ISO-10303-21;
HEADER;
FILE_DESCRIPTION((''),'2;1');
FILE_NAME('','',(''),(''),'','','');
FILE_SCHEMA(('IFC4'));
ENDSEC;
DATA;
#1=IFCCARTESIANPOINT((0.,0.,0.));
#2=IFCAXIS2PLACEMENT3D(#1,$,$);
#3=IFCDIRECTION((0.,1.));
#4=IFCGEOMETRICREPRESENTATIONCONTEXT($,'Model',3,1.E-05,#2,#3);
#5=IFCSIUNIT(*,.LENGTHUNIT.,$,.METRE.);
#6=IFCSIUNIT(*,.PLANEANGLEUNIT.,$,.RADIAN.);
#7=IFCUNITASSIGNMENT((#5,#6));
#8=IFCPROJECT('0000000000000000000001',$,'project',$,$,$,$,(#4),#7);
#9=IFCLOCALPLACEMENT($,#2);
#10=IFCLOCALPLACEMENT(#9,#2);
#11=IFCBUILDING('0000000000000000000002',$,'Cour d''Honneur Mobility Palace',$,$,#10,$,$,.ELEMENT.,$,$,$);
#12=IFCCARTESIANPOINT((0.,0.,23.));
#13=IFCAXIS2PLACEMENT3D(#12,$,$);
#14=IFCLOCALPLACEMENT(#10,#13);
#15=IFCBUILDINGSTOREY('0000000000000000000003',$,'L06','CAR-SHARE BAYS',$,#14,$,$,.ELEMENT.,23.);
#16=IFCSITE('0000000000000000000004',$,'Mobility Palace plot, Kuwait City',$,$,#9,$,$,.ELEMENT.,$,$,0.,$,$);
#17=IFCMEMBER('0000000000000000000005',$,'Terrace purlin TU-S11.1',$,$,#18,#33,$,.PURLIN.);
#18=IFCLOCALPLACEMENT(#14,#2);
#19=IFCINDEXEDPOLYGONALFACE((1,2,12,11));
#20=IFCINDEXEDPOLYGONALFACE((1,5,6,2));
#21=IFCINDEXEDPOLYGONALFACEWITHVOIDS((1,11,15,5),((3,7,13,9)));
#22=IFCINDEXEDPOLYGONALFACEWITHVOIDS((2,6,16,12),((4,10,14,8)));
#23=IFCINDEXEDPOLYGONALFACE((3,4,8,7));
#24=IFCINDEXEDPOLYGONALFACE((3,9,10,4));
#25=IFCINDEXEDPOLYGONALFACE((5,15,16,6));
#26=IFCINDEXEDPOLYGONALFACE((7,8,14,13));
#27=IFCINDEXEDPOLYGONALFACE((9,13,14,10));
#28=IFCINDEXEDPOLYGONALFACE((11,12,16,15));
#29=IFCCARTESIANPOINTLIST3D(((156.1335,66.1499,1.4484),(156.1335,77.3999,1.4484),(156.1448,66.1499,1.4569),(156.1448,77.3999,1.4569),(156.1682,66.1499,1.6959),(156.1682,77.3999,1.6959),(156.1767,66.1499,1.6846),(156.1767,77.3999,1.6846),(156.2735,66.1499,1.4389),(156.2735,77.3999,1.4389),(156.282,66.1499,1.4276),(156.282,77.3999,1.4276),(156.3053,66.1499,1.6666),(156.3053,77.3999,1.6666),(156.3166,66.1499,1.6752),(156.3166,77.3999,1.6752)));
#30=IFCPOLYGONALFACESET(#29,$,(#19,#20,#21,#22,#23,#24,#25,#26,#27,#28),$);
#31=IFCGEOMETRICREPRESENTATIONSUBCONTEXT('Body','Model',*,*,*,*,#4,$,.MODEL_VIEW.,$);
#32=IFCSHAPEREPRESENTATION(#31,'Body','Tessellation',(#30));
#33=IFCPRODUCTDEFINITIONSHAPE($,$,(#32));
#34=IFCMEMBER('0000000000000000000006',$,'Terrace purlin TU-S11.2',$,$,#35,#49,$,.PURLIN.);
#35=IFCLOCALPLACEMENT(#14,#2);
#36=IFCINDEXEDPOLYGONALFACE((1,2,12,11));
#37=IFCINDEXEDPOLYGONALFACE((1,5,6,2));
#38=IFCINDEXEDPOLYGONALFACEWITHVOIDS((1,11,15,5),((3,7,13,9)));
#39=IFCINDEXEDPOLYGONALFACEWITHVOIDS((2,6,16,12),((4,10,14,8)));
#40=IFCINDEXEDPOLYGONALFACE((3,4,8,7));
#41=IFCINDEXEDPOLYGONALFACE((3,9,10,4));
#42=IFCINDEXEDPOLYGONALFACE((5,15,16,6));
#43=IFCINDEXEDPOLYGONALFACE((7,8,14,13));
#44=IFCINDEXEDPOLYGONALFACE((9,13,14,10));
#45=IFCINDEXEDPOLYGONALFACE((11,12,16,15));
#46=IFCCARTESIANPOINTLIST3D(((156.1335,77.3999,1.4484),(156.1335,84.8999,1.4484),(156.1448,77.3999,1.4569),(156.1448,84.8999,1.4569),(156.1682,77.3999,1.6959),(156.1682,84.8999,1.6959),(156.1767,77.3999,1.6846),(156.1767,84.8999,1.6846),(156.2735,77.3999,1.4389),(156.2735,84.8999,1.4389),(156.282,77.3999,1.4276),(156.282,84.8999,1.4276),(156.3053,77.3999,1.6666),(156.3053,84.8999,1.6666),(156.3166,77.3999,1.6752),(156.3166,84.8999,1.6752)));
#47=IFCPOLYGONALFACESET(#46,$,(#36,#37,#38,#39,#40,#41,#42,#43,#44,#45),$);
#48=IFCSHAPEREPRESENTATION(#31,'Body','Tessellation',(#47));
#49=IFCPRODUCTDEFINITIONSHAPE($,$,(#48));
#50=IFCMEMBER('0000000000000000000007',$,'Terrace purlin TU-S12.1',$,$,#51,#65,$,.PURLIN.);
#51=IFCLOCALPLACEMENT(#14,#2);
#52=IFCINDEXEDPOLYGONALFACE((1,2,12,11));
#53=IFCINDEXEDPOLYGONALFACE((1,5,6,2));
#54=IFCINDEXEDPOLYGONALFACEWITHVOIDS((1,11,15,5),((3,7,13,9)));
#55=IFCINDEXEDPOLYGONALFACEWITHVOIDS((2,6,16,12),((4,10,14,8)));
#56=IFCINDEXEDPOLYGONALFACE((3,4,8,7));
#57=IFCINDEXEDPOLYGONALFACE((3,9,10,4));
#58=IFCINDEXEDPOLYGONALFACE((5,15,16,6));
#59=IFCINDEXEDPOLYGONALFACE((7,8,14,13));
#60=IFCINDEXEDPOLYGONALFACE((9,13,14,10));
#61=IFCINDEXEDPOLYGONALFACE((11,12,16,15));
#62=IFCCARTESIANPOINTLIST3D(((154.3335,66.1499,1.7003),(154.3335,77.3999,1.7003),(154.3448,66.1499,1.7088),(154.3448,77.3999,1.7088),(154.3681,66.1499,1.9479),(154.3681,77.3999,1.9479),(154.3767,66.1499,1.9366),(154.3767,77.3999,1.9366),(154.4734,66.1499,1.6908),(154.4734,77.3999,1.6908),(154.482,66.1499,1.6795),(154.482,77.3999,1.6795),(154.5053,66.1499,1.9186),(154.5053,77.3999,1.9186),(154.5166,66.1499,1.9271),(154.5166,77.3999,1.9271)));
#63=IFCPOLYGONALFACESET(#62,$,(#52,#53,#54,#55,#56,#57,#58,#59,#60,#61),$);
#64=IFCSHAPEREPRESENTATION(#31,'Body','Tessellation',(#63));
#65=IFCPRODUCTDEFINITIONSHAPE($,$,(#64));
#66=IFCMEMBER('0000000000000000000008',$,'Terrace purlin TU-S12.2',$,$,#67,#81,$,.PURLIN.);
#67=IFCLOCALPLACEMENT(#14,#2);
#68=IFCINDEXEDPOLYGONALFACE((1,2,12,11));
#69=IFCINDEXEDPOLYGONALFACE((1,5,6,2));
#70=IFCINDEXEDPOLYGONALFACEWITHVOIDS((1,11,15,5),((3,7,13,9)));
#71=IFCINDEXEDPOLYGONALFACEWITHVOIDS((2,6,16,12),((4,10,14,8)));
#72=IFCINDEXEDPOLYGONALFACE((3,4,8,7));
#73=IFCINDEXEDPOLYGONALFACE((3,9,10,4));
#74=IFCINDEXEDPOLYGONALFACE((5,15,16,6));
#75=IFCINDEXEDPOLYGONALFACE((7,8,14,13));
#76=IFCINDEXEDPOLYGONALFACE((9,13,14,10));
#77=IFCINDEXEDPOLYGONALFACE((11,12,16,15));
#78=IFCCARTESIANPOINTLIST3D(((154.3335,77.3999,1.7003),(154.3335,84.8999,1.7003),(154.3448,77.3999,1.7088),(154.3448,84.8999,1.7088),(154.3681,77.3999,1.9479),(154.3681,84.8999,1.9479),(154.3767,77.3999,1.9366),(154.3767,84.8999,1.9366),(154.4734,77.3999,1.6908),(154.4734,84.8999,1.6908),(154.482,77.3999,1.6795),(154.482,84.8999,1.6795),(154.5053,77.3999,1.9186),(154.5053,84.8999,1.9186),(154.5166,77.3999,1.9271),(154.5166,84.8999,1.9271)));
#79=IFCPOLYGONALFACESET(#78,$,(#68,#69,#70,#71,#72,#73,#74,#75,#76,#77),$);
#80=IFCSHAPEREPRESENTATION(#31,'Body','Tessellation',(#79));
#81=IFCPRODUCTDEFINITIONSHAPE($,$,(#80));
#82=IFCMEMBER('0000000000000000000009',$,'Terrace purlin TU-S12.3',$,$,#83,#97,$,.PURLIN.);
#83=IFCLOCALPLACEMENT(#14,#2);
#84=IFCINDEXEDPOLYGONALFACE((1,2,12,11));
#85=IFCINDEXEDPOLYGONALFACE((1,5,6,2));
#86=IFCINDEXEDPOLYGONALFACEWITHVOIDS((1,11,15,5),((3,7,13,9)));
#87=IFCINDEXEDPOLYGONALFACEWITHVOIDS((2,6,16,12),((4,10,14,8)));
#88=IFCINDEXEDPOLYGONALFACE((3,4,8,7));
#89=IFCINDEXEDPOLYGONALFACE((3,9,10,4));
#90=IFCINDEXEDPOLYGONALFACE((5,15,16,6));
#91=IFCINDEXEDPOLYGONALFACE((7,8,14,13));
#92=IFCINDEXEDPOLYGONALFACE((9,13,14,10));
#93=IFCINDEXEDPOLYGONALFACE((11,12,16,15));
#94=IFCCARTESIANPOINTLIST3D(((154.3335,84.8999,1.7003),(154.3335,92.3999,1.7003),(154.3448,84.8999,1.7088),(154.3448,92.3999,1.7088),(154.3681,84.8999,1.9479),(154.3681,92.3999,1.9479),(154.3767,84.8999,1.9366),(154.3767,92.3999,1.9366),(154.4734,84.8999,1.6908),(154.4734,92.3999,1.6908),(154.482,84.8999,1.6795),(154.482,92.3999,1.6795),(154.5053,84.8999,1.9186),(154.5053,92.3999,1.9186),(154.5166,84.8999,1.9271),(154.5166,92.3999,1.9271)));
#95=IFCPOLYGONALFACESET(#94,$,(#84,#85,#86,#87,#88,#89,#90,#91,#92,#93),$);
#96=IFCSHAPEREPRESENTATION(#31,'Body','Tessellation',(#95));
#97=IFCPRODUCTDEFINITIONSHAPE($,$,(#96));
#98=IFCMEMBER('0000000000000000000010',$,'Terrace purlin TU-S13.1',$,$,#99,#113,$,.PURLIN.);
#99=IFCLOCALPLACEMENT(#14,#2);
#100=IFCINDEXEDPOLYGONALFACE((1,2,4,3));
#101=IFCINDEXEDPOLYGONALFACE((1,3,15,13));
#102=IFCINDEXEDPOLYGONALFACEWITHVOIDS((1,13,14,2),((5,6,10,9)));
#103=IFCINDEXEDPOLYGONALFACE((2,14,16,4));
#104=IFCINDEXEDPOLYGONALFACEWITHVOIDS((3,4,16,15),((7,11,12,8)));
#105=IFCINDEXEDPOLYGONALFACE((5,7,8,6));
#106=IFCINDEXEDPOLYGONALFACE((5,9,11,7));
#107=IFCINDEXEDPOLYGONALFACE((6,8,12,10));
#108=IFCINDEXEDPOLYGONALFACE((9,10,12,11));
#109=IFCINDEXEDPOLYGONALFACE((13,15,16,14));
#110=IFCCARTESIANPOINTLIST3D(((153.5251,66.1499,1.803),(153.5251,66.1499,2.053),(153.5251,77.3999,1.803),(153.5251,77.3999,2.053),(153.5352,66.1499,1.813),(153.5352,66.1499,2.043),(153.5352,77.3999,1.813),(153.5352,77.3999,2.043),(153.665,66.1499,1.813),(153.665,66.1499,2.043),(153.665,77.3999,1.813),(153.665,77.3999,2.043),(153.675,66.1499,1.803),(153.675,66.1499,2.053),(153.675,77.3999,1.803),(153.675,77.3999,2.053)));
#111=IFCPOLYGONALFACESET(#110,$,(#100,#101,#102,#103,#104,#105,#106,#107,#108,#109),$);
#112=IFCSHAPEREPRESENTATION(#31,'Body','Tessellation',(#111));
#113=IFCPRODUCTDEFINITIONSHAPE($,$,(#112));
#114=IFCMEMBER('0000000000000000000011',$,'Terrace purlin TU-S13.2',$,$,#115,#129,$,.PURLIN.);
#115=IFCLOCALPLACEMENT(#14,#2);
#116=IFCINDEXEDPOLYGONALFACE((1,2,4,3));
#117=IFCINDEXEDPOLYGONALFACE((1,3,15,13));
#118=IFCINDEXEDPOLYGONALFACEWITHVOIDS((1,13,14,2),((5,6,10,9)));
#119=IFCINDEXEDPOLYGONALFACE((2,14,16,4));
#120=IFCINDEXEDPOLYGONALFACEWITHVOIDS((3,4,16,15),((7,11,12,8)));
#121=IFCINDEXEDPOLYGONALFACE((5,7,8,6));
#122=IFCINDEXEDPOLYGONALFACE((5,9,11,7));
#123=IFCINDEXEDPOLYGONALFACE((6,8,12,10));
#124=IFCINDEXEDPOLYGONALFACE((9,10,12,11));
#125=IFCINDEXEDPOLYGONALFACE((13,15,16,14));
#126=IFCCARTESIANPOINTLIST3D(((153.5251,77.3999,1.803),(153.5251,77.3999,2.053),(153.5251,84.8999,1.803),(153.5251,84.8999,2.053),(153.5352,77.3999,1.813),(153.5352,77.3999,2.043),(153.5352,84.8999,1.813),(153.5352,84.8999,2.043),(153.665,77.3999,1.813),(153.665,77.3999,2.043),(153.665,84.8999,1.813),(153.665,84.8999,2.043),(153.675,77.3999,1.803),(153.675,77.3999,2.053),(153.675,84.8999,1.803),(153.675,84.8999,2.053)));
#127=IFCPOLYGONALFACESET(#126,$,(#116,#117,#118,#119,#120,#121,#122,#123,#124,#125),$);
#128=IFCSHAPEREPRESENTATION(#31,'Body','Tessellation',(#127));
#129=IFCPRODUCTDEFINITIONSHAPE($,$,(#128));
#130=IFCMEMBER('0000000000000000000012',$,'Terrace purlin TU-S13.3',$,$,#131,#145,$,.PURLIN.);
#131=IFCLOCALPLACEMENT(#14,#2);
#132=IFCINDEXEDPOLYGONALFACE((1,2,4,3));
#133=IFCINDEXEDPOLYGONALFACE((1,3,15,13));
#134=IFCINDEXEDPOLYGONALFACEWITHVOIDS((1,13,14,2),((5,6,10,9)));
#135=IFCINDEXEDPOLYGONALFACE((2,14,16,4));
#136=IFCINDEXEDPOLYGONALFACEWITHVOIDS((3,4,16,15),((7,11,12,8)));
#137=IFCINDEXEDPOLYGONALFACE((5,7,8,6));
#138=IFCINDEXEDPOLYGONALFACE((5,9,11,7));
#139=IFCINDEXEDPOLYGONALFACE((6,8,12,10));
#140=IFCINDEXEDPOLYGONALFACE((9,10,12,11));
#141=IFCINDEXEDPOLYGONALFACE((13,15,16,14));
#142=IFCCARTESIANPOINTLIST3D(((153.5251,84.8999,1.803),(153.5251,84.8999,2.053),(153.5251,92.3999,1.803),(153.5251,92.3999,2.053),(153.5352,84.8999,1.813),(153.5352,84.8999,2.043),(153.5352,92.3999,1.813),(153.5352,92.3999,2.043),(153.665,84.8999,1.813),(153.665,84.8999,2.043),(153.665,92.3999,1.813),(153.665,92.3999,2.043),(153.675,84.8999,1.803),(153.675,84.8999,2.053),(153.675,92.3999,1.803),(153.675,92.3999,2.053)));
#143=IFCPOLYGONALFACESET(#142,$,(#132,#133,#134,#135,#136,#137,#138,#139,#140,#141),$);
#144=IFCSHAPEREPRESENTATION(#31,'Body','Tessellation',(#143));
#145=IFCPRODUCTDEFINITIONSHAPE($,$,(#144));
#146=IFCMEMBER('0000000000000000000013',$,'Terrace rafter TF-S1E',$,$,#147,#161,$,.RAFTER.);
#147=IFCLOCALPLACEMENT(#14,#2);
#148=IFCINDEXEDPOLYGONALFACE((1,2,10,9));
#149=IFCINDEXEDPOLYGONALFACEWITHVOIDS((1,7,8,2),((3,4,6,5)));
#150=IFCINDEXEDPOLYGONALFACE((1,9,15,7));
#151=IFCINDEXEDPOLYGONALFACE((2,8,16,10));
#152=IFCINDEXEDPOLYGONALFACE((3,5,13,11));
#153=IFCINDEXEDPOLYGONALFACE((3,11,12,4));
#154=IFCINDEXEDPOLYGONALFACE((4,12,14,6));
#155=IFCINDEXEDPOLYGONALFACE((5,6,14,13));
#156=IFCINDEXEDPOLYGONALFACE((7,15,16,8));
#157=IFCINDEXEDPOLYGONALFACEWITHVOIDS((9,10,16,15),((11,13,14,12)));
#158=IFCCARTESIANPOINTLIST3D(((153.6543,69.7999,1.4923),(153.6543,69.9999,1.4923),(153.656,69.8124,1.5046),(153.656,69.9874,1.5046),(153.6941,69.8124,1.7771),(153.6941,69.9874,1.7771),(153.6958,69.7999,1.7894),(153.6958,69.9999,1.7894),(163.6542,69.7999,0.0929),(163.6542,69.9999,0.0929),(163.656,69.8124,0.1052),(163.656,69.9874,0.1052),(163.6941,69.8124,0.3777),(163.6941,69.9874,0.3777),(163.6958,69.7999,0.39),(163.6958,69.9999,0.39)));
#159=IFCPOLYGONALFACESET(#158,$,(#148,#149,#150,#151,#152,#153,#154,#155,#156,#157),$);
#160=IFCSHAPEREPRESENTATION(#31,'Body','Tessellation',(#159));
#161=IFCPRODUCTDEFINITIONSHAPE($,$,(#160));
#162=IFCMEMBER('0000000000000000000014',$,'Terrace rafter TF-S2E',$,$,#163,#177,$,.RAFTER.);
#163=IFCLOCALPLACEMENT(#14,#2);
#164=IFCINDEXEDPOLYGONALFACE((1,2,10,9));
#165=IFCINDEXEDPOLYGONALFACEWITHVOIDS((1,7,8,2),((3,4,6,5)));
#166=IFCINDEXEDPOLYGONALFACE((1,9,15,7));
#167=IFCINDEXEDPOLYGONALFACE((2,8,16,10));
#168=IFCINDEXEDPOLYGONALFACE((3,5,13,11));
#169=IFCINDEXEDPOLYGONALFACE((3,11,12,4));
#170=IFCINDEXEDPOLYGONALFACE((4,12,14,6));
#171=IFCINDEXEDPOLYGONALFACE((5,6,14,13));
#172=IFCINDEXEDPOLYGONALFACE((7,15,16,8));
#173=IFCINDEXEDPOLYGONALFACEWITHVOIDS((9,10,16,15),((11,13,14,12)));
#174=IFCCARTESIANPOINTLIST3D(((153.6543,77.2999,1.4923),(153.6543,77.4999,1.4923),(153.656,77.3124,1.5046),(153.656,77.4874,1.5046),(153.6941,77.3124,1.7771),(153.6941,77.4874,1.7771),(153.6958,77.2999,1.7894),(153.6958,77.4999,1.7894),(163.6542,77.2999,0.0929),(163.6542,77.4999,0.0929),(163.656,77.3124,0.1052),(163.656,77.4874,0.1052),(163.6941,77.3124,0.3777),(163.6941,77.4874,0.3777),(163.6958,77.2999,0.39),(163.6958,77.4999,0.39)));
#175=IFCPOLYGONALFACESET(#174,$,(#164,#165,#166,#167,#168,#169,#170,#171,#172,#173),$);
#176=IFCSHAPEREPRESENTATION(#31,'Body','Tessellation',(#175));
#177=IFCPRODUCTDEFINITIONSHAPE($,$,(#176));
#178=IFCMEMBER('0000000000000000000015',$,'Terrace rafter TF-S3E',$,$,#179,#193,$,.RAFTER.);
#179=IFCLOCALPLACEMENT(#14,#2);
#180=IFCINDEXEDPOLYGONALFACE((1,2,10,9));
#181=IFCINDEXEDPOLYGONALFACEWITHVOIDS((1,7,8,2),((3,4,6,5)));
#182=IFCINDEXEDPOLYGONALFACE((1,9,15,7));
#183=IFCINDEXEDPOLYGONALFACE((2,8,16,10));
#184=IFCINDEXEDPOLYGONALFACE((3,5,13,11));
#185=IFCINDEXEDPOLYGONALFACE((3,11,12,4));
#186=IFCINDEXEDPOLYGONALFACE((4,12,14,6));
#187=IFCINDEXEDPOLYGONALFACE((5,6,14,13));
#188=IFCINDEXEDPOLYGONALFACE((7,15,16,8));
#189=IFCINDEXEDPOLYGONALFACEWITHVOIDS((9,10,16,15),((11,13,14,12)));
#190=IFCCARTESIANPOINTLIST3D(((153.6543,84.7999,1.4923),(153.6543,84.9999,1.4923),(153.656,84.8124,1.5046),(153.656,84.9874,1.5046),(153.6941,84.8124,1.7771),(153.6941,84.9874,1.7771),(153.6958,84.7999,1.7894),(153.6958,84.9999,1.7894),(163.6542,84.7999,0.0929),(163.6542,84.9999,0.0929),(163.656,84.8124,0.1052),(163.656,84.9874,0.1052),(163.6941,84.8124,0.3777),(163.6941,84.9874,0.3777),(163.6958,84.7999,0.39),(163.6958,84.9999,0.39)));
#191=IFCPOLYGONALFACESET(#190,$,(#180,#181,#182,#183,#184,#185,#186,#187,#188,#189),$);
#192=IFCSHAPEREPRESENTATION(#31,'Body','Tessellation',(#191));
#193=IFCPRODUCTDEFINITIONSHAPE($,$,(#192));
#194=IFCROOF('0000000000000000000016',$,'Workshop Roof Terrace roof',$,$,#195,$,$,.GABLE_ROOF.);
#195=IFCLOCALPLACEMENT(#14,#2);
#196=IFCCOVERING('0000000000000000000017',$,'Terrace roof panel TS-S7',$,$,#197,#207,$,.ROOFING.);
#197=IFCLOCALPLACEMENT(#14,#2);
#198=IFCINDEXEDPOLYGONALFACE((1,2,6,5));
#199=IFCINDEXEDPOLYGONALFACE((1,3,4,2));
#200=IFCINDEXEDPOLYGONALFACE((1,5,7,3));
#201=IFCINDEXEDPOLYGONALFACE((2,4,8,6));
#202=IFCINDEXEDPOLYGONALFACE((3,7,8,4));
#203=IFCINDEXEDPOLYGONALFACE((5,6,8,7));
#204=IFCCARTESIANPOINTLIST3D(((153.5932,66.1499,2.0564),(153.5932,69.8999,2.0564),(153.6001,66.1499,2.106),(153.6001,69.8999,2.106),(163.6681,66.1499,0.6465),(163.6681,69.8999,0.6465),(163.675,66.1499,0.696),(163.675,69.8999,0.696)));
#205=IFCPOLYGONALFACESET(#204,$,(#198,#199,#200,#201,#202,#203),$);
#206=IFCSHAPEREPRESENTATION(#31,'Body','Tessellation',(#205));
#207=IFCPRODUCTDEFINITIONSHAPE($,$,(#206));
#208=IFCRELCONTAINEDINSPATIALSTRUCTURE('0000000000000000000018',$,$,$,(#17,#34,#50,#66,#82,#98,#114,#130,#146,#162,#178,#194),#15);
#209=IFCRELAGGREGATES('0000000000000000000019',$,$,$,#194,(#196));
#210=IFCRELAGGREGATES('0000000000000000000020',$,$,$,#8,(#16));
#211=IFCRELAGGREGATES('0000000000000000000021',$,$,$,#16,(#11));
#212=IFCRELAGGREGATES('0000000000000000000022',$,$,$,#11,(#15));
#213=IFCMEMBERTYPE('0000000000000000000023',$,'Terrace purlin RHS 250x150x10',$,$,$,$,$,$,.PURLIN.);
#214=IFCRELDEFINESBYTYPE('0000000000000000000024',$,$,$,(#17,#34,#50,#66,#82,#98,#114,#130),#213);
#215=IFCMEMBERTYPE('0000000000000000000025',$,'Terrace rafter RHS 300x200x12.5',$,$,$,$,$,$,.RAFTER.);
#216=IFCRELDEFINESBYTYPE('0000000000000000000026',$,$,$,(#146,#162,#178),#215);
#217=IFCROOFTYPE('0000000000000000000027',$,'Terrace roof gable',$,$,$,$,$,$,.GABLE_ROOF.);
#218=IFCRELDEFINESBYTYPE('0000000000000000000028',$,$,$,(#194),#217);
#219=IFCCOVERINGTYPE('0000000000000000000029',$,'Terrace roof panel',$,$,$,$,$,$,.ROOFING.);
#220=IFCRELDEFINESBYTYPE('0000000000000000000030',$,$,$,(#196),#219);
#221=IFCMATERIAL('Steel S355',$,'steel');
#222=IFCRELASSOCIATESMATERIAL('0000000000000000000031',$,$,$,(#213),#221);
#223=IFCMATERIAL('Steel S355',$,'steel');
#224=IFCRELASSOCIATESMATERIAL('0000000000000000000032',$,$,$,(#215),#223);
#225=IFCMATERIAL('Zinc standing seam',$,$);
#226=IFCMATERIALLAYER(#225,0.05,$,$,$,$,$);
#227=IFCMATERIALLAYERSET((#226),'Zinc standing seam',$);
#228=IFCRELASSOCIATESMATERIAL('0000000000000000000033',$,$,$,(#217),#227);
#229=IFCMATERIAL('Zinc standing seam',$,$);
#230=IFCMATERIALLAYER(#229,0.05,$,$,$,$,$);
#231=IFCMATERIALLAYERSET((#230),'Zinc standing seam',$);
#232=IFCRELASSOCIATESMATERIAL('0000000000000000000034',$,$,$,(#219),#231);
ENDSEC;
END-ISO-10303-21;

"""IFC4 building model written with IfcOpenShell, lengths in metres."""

from ifc_helpers import new_model, si_unit, direction, frame, origin, origin_2d, place, context, subcontext, project, spatial, polyline, hollow_rectangle, outline, extrude, material, layer, layer_set, material_profile, profile_set, type_object, element, aggregate, save


model = new_model("IFC4")

# Units and contexts
model_context = context("Model", 3, precision=1e-05, world=origin(), true_north=direction((0.0, 1.0)))
body_context = subcontext(model_context, "Body", "Model", "MODEL_VIEW")
ifc_project = project(units=[si_unit("LENGTHUNIT", "METRE"), si_unit("PLANEANGLEUNIT", "RADIAN")], contexts=[model_context])

# Site, building, storey
site_placement = place(None, origin())
site = spatial("IfcSite", under=ifc_project, at=site_placement, Name="Mobility Palace plot, Kuwait City", CompositionType="ELEMENT", RefElevation=0.0)
building_placement = place(site_placement, origin())
building = spatial("IfcBuilding", under=site, at=building_placement, Name="Cour d'Honneur Mobility Palace", CompositionType="ELEMENT")
storey_placement = place(building_placement, frame((0.0, 0.0, 23.0)))
storey = spatial("IfcBuildingStorey", under=building, at=storey_placement, Name="L06", Description="CAR-SHARE BAYS", CompositionType="ELEMENT", Elevation=23.0)

# Members
ifc_material_1 = material(Name="Steel S355", Category="steel")
ifc_material_profile_1 = material_profile(ifc_material_1, hollow_rectangle(XDim=0.1499, YDim=0.25, WallThickness=0.01, at=origin_2d()), Name="RHS 250x150x10")
ifc_profile_set_1 = profile_set([ifc_material_profile_1], Name="Steel S355")
member_type_1 = type_object("IfcMemberType", Name="Terrace purlin RHS 250x150x10", PredefinedType="PURLIN", material=ifc_profile_set_1)
member_1_placement = place(storey_placement, frame((156.2251, 66.1499, 1.5618), z_axis=(0.0, 1.0, 0.0), x_axis=(-0.99035, 0.0, 0.138591)))
element("IfcMember", 1, at=member_1_placement, inside=storey, type_object=member_type_1, Name="Terrace purlin TU-S11.1", PredefinedType="PURLIN", context=body_context, shape_type="SweptSolid", body=[
    extrude(hollow_rectangle(XDim=0.1499, YDim=0.25, WallThickness=0.01, at=origin_2d()), origin(), (0.0, 0.0, 1.0), 11.25),
])
member_2_placement = place(storey_placement, frame((156.2251, 77.3999, 1.5618), z_axis=(0.0, 1.0, 0.0), x_axis=(-0.99035, 0.0, 0.138591)))
element("IfcMember", 2, at=member_2_placement, inside=storey, type_object=member_type_1, Name="Terrace purlin TU-S11.2", PredefinedType="PURLIN", context=body_context, shape_type="SweptSolid", body=[
    extrude(hollow_rectangle(XDim=0.1499, YDim=0.25, WallThickness=0.01, at=origin_2d()), origin(), (0.0, 0.0, 1.0), 7.5),
])
member_3_placement = place(storey_placement, frame((154.425, 66.1499, 1.8137), z_axis=(0.0, 1.0, 0.0), x_axis=(-0.99035, 0.0, 0.138591)))
element("IfcMember", 3, at=member_3_placement, inside=storey, type_object=member_type_1, Name="Terrace purlin TU-S12.1", PredefinedType="PURLIN", context=body_context, shape_type="SweptSolid", body=[
    extrude(hollow_rectangle(XDim=0.1499, YDim=0.25, WallThickness=0.01, at=origin_2d()), origin(), (0.0, 0.0, 1.0), 11.25),
])
for number, where, z_axis, x_axis, name in (
    (4, (154.425, 77.3999, 1.8137), (0.0, 1.0, 0.0), (-0.99035, 0.0, 0.138591), "Terrace purlin TU-S12.2"),
    (5, (154.425, 84.8999, 1.8137), (0.0, 1.0, 0.0), (-0.99035, 0.0, 0.138591), "Terrace purlin TU-S12.3"),
):
    element("IfcMember", number, at=place(storey_placement, frame(where, z_axis=z_axis, x_axis=x_axis)), inside=storey, type_object=member_type_1, Name=name, PredefinedType="PURLIN", context=body_context, shape_type="SweptSolid", body=[
        extrude(hollow_rectangle(XDim=0.1499, YDim=0.25, WallThickness=0.01, at=origin_2d()), origin(), (0.0, 0.0, 1.0), 7.5),
    ])
member_4_placement = place(storey_placement, frame((153.6001, 66.1499, 1.928), z_axis=(0.0, 1.0, 0.0), x_axis=(-1.0, 0.0, 0.0)))
element("IfcMember", 6, at=member_4_placement, inside=storey, type_object=member_type_1, Name="Terrace purlin TU-S13.1", PredefinedType="PURLIN", context=body_context, shape_type="SweptSolid", body=[
    extrude(hollow_rectangle(XDim=0.1499, YDim=0.25, WallThickness=0.01, at=origin_2d()), origin(), (0.0, 0.0, 1.0), 11.25),
])
for number, where, z_axis, x_axis, name in (
    (7, (153.6001, 77.3999, 1.928), (0.0, 1.0, 0.0), (-1.0, 0.0, 0.0), "Terrace purlin TU-S13.2"),
    (8, (153.6001, 84.8999, 1.928), (0.0, 1.0, 0.0), (-1.0, 0.0, 0.0), "Terrace purlin TU-S13.3"),
):
    element("IfcMember", number, at=place(storey_placement, frame(where, z_axis=z_axis, x_axis=x_axis)), inside=storey, type_object=member_type_1, Name=name, PredefinedType="PURLIN", context=body_context, shape_type="SweptSolid", body=[
        extrude(hollow_rectangle(XDim=0.1499, YDim=0.25, WallThickness=0.01, at=origin_2d()), origin(), (0.0, 0.0, 1.0), 7.5),
    ])
ifc_material_2 = material(Name="Steel S355", Category="steel")
ifc_material_profile_2 = material_profile(ifc_material_2, hollow_rectangle(XDim=0.2, YDim=0.3, WallThickness=0.0125, at=origin_2d()), Name="RHS 300x200x12.5")
ifc_profile_set_2 = profile_set([ifc_material_profile_2], Name="Steel S355")
member_type_2 = type_object("IfcMemberType", Name="Terrace rafter RHS 300x200x12.5", PredefinedType="RAFTER", material=ifc_profile_set_2)
for number, where, z_axis, x_axis, name in (
    (9, (153.675, 69.8999, 1.6409), (0.99035, 0.0, -0.138591), (0.0, 1.0, 0.0), "Terrace rafter TF-S1E"),
    (10, (153.675, 77.3999, 1.6409), (0.99035, 0.0, -0.138591), (0.0, 1.0, 0.0), "Terrace rafter TF-S2E"),
    (11, (153.675, 84.8999, 1.6409), (0.99035, 0.0, -0.138591), (0.0, 1.0, 0.0), "Terrace rafter TF-S3E"),
):
    element("IfcMember", number, at=place(storey_placement, frame(where, z_axis=z_axis, x_axis=x_axis)), inside=storey, type_object=member_type_2, Name=name, PredefinedType="RAFTER", context=body_context, shape_type="SweptSolid", body=[
        extrude(hollow_rectangle(XDim=0.2, YDim=0.3, WallThickness=0.0125, at=origin_2d()), origin(), (0.0, 0.0, 1.0), 10.0974),
    ])

# Roof, covering
ifc_material_3 = material(Name="Zinc standing seam")
ifc_layer_1 = layer(ifc_material_3, 0.05)
ifc_layer_set_1 = layer_set([ifc_layer_1], Name="Zinc standing seam")
roof_type = type_object("IfcRoofType", Name="Terrace roof gable", PredefinedType="GABLE_ROOF", material=ifc_layer_set_1)
roof_placement = place(storey_placement, origin())
roof = element("IfcRoof", 12, at=roof_placement, inside=storey, type_object=roof_type, Name="Workshop Roof Terrace roof", PredefinedType="GABLE_ROOF")
ifc_material_4 = material(Name="Zinc standing seam")
ifc_layer_2 = layer(ifc_material_4, 0.05)
ifc_layer_set_2 = layer_set([ifc_layer_2], Name="Zinc standing seam")
covering_type = type_object("IfcCoveringType", Name="Terrace roof panel", PredefinedType="ROOFING", material=ifc_layer_set_2)
covering_1_placement = place(storey_placement, frame((153.6001, 66.1499, 2.106), z_axis=(0.138592, 0.0, 0.99035), x_axis=(0.99035, 0.0, -0.138592)))
covering_1 = element("IfcCovering", 13, at=covering_1_placement, type_object=covering_type, Name="Terrace roof panel TS-S7", PredefinedType="ROOFING", context=body_context, shape_type="SweptSolid", body=[
    extrude(outline(polyline([(0.0, 0.0), (10.1731, 0.0), (10.1731, 3.75), (0.0, 3.75), (0.0, 0.0)])), origin(), (0.0, 0.0, -1.0), 0.05),
])
aggregate(roof, [covering_1])

save(model, "model.ifc")
